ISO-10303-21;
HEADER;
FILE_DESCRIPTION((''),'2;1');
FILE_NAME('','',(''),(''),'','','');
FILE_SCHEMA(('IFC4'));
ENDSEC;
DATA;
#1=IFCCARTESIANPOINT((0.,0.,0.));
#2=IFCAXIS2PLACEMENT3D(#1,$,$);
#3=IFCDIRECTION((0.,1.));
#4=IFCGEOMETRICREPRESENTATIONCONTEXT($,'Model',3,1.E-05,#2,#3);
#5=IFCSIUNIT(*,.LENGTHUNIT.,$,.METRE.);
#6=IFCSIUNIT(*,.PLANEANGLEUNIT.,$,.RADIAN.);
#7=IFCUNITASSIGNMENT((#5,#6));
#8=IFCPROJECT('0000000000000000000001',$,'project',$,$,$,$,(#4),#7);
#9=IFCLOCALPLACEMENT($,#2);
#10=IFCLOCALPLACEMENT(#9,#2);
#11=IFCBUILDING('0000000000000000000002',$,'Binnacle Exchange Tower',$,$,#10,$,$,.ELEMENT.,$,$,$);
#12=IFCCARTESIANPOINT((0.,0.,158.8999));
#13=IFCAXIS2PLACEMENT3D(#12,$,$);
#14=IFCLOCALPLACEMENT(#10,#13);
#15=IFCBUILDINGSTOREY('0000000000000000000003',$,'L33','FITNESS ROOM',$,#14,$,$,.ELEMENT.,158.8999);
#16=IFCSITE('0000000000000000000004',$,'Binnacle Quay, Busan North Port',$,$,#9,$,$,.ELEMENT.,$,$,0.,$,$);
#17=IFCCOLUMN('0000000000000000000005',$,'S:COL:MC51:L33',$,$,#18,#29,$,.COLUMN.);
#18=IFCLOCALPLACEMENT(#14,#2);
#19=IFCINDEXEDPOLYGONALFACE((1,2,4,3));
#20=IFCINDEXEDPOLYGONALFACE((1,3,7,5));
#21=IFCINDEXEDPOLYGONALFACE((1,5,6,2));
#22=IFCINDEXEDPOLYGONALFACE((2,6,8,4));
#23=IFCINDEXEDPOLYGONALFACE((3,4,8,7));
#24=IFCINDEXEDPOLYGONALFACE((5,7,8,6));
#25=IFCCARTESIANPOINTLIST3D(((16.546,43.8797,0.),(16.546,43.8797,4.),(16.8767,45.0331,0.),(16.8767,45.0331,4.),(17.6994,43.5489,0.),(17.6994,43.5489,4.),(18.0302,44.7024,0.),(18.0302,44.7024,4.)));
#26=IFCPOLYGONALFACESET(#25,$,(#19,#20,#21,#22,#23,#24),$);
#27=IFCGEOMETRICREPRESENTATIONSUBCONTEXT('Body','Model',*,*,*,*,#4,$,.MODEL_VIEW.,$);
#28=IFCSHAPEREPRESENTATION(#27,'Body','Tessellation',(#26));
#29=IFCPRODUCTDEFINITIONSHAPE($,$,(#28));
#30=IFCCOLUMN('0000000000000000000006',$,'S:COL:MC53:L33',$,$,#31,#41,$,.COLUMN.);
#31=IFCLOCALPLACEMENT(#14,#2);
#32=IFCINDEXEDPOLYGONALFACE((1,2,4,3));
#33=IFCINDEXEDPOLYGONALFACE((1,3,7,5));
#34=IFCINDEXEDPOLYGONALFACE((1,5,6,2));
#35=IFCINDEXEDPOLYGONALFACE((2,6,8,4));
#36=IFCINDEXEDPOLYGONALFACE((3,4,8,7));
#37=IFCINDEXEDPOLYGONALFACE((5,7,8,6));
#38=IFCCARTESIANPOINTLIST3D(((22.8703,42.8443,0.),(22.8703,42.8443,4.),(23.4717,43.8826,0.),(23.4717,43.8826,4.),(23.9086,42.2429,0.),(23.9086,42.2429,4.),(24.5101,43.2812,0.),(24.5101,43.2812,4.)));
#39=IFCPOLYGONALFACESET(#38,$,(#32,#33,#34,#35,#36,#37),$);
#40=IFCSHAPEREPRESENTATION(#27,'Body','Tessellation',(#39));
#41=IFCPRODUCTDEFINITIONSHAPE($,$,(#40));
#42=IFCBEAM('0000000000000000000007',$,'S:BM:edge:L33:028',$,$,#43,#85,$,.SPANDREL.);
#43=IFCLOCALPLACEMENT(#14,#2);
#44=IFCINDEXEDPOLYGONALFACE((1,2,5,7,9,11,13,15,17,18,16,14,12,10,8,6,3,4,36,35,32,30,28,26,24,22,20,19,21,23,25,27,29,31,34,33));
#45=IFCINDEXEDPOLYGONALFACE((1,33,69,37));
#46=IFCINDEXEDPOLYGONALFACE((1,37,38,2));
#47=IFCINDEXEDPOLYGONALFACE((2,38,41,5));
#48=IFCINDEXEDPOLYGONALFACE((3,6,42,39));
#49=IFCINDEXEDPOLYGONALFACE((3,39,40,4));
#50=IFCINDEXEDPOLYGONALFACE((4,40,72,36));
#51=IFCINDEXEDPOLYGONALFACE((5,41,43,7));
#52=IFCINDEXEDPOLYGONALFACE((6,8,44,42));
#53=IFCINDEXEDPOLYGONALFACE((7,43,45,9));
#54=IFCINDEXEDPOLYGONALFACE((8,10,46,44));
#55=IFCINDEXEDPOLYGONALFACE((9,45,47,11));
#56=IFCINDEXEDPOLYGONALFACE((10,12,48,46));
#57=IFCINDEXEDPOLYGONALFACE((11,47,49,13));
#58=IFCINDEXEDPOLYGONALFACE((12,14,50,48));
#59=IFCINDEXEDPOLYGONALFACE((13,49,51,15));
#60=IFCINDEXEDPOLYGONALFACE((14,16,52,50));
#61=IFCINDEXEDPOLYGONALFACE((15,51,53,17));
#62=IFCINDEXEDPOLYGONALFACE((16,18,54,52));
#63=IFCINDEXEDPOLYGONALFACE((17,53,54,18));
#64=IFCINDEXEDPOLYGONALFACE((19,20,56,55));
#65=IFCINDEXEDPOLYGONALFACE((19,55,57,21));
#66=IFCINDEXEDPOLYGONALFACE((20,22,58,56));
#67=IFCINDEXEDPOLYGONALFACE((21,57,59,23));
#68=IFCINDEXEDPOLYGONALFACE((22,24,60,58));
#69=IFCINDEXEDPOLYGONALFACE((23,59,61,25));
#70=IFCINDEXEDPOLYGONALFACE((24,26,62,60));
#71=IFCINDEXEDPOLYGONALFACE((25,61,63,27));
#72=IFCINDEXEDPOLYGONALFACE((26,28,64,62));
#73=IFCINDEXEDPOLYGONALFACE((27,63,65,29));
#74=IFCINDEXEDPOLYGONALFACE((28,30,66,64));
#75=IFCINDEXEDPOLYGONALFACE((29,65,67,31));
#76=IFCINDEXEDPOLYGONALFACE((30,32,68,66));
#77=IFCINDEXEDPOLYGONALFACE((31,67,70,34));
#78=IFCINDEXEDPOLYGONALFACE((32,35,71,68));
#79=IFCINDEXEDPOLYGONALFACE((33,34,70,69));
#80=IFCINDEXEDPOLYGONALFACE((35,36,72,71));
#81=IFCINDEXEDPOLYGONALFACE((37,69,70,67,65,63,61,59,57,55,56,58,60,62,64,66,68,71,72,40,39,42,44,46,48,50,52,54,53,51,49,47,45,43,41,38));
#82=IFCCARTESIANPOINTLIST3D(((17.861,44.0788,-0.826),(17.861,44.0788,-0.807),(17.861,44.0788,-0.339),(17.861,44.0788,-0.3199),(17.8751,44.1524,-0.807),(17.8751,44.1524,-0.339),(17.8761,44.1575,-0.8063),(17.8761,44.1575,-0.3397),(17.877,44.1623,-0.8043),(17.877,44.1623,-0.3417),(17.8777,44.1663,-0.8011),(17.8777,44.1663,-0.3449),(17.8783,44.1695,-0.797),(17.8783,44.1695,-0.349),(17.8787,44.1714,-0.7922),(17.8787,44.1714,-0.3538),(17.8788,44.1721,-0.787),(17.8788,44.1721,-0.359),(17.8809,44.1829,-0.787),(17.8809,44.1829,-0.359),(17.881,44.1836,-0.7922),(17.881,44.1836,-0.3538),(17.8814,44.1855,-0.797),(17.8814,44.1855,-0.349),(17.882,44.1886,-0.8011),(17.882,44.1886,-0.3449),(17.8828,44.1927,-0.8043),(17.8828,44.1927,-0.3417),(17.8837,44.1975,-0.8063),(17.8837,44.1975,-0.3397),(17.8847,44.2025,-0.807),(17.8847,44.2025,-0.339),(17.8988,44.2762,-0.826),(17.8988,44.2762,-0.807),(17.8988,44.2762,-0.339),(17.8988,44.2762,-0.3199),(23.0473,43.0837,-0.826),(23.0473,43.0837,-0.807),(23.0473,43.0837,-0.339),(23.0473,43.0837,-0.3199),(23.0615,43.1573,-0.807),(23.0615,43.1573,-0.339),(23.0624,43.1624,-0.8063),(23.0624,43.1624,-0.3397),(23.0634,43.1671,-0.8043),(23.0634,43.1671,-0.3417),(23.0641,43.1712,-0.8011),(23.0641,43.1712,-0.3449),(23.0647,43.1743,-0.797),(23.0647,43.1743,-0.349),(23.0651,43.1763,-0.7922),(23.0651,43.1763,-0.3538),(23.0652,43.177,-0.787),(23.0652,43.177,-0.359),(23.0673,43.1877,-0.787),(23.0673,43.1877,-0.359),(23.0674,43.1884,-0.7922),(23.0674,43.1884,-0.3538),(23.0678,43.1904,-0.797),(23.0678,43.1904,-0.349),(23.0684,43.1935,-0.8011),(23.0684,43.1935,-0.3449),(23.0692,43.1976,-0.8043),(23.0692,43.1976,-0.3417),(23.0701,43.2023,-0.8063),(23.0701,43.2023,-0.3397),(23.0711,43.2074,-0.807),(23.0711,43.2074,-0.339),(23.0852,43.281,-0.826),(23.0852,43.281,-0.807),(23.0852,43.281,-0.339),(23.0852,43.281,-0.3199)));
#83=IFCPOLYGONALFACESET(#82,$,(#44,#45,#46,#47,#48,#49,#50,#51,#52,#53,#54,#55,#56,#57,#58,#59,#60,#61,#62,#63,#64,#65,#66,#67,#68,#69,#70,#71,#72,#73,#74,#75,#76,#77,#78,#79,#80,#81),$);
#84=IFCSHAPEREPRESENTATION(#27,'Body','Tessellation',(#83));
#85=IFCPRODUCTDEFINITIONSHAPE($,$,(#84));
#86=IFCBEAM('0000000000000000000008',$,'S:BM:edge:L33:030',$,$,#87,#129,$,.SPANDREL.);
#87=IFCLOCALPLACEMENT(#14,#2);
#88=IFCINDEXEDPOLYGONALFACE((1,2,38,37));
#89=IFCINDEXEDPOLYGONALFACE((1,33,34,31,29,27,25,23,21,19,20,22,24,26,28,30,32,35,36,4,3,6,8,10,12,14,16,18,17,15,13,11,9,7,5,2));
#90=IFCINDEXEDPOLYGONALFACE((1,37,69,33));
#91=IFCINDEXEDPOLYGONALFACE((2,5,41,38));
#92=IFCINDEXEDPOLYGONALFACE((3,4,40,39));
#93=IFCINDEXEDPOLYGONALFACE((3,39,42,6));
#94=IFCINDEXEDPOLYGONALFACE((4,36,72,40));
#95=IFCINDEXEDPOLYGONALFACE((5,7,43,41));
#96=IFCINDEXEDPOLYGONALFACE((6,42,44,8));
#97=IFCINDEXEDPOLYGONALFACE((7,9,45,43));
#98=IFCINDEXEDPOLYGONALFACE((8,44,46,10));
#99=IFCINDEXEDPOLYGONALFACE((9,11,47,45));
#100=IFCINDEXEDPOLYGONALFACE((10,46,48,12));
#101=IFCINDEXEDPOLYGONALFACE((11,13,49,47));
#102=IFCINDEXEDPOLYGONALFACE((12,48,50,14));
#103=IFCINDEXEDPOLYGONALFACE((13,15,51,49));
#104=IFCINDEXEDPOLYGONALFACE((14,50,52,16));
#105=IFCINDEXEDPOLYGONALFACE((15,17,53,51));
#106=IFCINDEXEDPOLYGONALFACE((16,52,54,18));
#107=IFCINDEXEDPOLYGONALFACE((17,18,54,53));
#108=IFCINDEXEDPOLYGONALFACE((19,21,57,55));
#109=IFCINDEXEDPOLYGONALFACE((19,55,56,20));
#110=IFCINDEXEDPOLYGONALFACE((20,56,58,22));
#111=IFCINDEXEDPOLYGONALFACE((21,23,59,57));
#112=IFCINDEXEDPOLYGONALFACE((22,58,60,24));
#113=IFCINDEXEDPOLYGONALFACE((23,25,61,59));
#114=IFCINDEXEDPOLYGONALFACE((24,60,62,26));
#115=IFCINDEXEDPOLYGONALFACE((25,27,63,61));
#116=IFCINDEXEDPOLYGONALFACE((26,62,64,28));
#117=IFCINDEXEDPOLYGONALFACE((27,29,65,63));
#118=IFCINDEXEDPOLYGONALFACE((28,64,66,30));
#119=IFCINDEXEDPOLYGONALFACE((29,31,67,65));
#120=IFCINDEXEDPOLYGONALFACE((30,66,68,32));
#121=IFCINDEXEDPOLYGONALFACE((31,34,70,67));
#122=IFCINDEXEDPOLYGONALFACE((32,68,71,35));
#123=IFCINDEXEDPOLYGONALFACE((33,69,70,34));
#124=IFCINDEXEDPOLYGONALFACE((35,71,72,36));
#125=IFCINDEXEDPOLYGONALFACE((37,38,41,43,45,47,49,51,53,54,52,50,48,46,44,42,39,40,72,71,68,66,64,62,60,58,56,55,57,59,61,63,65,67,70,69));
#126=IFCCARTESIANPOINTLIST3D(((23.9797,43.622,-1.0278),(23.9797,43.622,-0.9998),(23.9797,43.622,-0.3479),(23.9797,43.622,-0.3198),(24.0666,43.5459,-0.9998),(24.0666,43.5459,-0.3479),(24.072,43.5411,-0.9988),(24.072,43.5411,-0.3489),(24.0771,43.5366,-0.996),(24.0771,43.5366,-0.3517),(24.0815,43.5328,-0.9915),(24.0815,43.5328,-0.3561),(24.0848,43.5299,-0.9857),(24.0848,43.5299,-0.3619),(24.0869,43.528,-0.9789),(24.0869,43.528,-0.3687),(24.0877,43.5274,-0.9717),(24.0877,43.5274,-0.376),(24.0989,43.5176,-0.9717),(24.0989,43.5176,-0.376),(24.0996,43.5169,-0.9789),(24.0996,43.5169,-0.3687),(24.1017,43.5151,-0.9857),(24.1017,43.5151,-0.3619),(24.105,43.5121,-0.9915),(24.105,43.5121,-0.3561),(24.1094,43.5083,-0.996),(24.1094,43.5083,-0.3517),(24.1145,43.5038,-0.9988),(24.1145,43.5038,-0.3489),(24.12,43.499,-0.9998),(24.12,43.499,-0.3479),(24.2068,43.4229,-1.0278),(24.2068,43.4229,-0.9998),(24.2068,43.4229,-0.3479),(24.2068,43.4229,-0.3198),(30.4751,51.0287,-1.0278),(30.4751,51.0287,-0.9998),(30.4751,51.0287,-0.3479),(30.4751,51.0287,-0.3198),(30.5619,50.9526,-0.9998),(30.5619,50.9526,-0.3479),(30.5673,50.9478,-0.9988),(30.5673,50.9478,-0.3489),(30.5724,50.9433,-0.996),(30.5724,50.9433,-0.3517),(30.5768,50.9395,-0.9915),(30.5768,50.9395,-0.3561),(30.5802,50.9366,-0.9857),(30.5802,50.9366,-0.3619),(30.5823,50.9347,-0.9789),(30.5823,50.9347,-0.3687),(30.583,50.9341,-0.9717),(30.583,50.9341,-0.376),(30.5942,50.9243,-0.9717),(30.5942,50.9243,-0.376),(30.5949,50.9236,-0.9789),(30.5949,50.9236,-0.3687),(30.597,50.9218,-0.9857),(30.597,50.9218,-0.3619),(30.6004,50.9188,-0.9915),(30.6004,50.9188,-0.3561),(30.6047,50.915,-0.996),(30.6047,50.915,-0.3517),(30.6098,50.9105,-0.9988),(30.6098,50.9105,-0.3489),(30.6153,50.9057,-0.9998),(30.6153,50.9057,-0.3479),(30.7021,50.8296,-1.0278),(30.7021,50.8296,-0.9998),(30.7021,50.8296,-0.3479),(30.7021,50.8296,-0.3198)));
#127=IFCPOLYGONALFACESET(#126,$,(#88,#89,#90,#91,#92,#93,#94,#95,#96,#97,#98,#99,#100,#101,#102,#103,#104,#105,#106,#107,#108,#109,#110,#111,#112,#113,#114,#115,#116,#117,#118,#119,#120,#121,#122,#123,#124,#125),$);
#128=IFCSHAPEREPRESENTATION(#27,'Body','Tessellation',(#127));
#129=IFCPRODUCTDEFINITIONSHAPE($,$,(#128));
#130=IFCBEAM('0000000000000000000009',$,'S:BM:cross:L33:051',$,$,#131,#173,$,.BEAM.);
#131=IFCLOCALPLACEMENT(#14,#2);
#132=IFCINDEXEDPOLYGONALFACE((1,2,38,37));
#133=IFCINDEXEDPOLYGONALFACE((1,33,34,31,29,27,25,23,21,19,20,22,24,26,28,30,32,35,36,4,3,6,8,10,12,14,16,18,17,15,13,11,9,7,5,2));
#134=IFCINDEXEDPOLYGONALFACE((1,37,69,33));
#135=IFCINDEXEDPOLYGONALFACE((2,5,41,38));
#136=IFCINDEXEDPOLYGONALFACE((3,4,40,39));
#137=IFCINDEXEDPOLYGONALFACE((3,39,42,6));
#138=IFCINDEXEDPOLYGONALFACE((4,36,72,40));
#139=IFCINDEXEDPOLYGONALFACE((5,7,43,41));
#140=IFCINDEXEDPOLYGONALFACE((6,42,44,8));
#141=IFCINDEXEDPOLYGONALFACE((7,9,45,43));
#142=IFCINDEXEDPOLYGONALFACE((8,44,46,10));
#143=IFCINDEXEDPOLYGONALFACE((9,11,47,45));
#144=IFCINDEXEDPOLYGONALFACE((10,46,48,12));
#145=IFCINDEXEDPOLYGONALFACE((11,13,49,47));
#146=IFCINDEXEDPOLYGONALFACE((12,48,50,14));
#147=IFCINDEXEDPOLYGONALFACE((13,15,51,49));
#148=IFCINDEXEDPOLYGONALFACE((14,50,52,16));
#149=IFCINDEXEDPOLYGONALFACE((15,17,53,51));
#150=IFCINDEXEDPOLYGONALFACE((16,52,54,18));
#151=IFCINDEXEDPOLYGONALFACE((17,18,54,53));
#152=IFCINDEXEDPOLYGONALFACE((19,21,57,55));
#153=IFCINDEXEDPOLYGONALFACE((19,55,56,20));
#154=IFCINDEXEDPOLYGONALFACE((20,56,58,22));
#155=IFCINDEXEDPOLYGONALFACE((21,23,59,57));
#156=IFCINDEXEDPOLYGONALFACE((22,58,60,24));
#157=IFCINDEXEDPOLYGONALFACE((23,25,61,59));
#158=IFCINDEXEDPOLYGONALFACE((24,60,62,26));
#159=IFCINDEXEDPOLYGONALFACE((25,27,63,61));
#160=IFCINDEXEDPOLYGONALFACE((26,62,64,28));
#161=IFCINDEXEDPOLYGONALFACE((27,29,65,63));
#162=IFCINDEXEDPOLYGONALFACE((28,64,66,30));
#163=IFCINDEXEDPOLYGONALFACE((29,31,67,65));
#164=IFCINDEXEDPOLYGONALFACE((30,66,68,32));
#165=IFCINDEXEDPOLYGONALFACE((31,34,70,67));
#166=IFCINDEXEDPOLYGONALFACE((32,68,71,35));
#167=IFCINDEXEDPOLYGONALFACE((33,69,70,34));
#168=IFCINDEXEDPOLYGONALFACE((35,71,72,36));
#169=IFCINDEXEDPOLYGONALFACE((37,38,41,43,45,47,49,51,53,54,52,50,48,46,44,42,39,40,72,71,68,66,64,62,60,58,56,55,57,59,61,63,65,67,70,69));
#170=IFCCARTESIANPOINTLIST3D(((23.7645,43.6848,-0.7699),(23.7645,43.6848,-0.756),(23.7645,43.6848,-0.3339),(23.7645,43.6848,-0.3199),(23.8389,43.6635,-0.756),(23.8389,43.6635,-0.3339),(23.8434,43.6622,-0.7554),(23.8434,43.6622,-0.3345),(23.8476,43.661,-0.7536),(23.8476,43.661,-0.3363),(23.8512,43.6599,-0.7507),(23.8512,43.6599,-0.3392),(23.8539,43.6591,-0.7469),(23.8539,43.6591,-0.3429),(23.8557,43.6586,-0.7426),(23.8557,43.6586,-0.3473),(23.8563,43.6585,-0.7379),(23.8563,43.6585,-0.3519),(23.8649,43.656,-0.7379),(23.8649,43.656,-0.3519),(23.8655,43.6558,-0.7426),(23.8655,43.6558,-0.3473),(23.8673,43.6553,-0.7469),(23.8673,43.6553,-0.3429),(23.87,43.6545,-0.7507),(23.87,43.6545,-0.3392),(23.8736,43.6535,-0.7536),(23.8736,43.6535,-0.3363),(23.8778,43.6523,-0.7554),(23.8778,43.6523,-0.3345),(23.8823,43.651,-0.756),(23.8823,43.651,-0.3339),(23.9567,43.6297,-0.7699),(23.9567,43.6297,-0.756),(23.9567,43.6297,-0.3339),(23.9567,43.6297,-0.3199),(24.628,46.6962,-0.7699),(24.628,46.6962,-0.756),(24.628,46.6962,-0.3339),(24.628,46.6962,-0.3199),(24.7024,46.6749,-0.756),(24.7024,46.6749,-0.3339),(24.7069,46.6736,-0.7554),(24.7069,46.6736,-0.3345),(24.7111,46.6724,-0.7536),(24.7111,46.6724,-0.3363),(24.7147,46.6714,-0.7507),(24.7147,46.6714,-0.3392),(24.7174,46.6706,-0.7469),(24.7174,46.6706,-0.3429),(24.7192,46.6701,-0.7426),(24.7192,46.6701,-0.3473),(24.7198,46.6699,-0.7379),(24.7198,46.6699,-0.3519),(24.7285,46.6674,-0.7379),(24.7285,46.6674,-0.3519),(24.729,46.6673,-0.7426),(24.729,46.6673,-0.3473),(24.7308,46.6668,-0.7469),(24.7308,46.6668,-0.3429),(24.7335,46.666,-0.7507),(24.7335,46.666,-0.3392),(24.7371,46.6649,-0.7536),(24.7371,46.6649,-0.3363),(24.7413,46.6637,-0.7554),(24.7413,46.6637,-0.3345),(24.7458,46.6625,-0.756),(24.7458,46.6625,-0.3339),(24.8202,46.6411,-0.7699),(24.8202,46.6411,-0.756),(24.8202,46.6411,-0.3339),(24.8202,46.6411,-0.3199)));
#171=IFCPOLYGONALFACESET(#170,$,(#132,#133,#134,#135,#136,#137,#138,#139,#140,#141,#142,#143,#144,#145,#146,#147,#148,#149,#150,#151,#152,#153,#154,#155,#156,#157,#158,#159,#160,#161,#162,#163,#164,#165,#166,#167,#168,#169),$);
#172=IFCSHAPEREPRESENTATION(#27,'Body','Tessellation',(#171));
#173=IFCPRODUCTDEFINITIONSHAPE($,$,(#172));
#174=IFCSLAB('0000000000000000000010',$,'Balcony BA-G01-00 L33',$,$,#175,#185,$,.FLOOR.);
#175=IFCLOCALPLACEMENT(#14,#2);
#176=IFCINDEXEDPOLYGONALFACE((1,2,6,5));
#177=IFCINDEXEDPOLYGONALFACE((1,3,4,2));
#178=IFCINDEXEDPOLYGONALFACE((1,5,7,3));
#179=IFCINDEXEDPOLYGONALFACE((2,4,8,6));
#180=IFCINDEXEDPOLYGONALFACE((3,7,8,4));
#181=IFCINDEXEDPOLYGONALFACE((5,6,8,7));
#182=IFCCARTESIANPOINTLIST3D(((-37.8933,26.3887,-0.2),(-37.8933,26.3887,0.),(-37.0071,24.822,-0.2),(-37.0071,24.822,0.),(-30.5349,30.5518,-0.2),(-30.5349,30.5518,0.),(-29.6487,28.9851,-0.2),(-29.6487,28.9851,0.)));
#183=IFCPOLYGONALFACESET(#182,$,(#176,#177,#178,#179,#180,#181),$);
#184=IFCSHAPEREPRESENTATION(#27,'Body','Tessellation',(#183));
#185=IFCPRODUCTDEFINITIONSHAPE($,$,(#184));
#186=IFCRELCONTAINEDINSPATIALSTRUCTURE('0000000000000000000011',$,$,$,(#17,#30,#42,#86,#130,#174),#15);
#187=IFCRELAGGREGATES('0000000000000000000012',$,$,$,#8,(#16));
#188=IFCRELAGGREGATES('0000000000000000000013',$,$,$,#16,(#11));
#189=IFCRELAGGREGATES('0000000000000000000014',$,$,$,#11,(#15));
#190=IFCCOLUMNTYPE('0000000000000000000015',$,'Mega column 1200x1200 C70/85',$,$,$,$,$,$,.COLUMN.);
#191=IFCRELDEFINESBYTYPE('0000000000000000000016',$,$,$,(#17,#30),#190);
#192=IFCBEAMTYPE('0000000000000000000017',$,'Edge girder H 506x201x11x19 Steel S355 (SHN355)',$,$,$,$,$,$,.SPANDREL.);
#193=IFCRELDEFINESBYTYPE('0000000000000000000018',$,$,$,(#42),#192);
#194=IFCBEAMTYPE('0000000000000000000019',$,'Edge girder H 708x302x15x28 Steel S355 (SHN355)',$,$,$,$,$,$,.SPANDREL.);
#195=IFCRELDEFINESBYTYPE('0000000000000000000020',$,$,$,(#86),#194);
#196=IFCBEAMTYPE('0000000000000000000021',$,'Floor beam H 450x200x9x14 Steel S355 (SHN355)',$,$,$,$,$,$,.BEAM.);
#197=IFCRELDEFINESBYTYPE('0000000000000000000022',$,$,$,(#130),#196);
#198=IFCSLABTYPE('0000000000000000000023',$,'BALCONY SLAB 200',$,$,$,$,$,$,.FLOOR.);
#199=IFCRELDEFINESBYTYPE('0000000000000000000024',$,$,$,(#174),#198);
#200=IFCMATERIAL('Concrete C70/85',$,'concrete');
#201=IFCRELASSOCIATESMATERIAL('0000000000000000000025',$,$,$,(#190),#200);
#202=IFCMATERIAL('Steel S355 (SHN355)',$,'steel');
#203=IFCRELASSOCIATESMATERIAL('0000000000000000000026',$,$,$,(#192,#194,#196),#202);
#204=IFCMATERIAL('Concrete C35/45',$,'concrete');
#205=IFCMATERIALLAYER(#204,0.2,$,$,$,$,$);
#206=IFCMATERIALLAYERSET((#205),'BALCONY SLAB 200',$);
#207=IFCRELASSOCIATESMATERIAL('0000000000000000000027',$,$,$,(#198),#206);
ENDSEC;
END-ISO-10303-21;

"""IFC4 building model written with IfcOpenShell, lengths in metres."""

from ifc_helpers import new_model, si_unit, direction, frame, origin, origin_2d, place, context, subcontext, project, spatial, polyline, rectangle, i_section, outline, extrude, material, layer, layer_set, material_profile, profile_set, type_object, element, save


model = new_model("IFC4")

# Units and contexts
model_context = context("Model", 3, precision=1e-05, world=origin(), true_north=direction((0.0, 1.0)))
body_context = subcontext(model_context, "Body", "Model", "MODEL_VIEW")
ifc_project = project(units=[si_unit("LENGTHUNIT", "METRE"), si_unit("PLANEANGLEUNIT", "RADIAN")], contexts=[model_context])

# Site, building, storey
site_placement = place(None, origin())
site = spatial("IfcSite", under=ifc_project, at=site_placement, Name="Binnacle Quay, Busan North Port", CompositionType="ELEMENT", RefElevation=0.0)
building_placement = place(site_placement, origin())
building = spatial("IfcBuilding", under=site, at=building_placement, Name="Binnacle Exchange Tower", CompositionType="ELEMENT")
storey_placement = place(building_placement, frame((0.0, 0.0, 158.8999)))
storey = spatial("IfcBuildingStorey", under=building, at=storey_placement, Name="L33", Description="FITNESS ROOM", CompositionType="ELEMENT", Elevation=158.8999)

# Columns
ifc_material_1 = material(Name="Concrete C70/85", Category="concrete")
ifc_material_profile_1 = material_profile(ifc_material_1, rectangle(XDim=1.2, YDim=1.2, at=origin_2d()), Name="Mega column 1200x1200 C70/85")
ifc_profile_set_1 = profile_set([ifc_material_profile_1], Name="Concrete C70/85")
column_type = type_object("IfcColumnType", Name="Mega column 1200x1200 C70/85", PredefinedType="COLUMN", material=ifc_profile_set_1)
for number, where, z_axis, x_axis, name in (
    (1, (17.2881, 44.291, 0.0), (0.0, 0.0, 1.0), (0.961262, -0.275637, 0.0), "S:COL:MC51:L33"),
    (2, (23.6902, 43.0627, 0.0), (0.0, 0.0, 1.0), (-0.865326, 0.501209, 0.0), "S:COL:MC53:L33"),
):
    element("IfcColumn", number, at=place(storey_placement, frame(where, z_axis=z_axis, x_axis=x_axis)), inside=storey, type_object=column_type, Name=name, PredefinedType="COLUMN", context=body_context, shape_type="SweptSolid", body=[
        extrude(rectangle(XDim=1.2, YDim=1.2, at=origin_2d()), origin(), (0.0, 0.0, 1.0), 4.0),
    ])

# Beams
ifc_material_2 = material(Name="Steel S355 (SHN355)", Category="steel")
ifc_material_profile_2 = material_profile(ifc_material_2, i_section(OverallWidth=0.2009, OverallDepth=0.5061, WebThickness=0.011, FlangeThickness=0.019, FilletRadius=0.02, at=origin_2d()), Name="H 506x201x11x19")
ifc_profile_set_2 = profile_set([ifc_material_profile_2], Name="Steel S355 (SHN355)")
beam_type_1 = type_object("IfcBeamType", Name="Edge girder H 506x201x11x19 Steel S355 (SHN355)", PredefinedType="SPANDREL", material=ifc_profile_set_2)
beam_1_placement = place(storey_placement, frame((17.8799, 44.1775, -0.573), z_axis=(0.982085, -0.188438, 0.0), x_axis=(0.188438, 0.982085, 0.0)))
element("IfcBeam", 3, at=beam_1_placement, inside=storey, type_object=beam_type_1, Name="S:BM:edge:L33:028", PredefinedType="SPANDREL", context=body_context, shape_type="SweptSolid", body=[
    extrude(i_section(OverallWidth=0.2009, OverallDepth=0.5061, WebThickness=0.011, FlangeThickness=0.019, FilletRadius=0.02, at=origin_2d()), origin(), (0.0, 0.0, 1.0), 5.281),
])
ifc_material_profile_3 = material_profile(ifc_material_2, i_section(OverallWidth=0.302, OverallDepth=0.708, WebThickness=0.0149, FlangeThickness=0.0281, FilletRadius=0.0281, at=origin_2d()), Name="H 708x302x15x28")
ifc_profile_set_3 = profile_set([ifc_material_profile_3], Name="Steel S355 (SHN355)")
beam_type_2 = type_object("IfcBeamType", Name="Edge girder H 708x302x15x28 Steel S355 (SHN355)", PredefinedType="SPANDREL", material=ifc_profile_set_3)
beam_2_placement = place(storey_placement, frame((24.0933, 43.5225, -0.6738), z_axis=(0.659336, 0.751849, 0.0), x_axis=(-0.751849, 0.659336, 0.0)))
element("IfcBeam", 4, at=beam_2_placement, inside=storey, type_object=beam_type_2, Name="S:BM:edge:L33:030", PredefinedType="SPANDREL", context=body_context, shape_type="SweptSolid", body=[
    extrude(i_section(OverallWidth=0.302, OverallDepth=0.708, WebThickness=0.0149, FlangeThickness=0.0281, FilletRadius=0.0281, at=origin_2d()), origin(), (0.0, 0.0, 1.0), 9.8513),
])
ifc_material_profile_4 = material_profile(ifc_material_2, i_section(OverallWidth=0.2, OverallDepth=0.45, WebThickness=0.009, FlangeThickness=0.0139, FilletRadius=0.0181, at=origin_2d()), Name="H 450x200x9x14")
ifc_profile_set_4 = profile_set([ifc_material_profile_4], Name="Steel S355 (SHN355)")
beam_type_3 = type_object("IfcBeamType", Name="Floor beam H 450x200x9x14 Steel S355 (SHN355)", PredefinedType="BEAM", material=ifc_profile_set_4)
beam_3_placement = place(storey_placement, frame((23.8606, 43.6572, -0.5449), z_axis=(0.275637, 0.961262, 0.0), x_axis=(-0.961262, 0.275637, 0.0)))
element("IfcBeam", 5, at=beam_3_placement, inside=storey, type_object=beam_type_3, Name="S:BM:cross:L33:051", PredefinedType="BEAM", context=body_context, shape_type="SweptSolid", body=[
    extrude(i_section(OverallWidth=0.2, OverallDepth=0.45, WebThickness=0.009, FlangeThickness=0.0139, FilletRadius=0.0181, at=origin_2d()), origin(), (0.0, 0.0, 1.0), 3.1328),
])

# Slab
ifc_material_3 = material(Name="Concrete C35/45", Category="concrete")
ifc_layer_1 = layer(ifc_material_3, 0.2)
ifc_layer_set_1 = layer_set([ifc_layer_1], Name="BALCONY SLAB 200")
slab_type_1 = type_object("IfcSlabType", Name="BALCONY SLAB 200", PredefinedType="FLOOR", material=ifc_layer_set_1)
slab_1_placement = place(storey_placement, frame((0.0, 0.0, -0.2)))
element("IfcSlab", 6, at=slab_1_placement, inside=storey, type_object=slab_type_1, Name="Balcony BA-G01-00 L33", PredefinedType="FLOOR", context=body_context, shape_type="SweptSolid", body=[
    extrude(outline(polyline([(-37.8933, 26.3887), (-30.5349, 30.5518), (-29.6487, 28.9851), (-37.0071, 24.822), (-37.8933, 26.3887)])), origin(), (0.0, 0.0, 1.0), 0.2),
])

save(model, "model.ifc")
